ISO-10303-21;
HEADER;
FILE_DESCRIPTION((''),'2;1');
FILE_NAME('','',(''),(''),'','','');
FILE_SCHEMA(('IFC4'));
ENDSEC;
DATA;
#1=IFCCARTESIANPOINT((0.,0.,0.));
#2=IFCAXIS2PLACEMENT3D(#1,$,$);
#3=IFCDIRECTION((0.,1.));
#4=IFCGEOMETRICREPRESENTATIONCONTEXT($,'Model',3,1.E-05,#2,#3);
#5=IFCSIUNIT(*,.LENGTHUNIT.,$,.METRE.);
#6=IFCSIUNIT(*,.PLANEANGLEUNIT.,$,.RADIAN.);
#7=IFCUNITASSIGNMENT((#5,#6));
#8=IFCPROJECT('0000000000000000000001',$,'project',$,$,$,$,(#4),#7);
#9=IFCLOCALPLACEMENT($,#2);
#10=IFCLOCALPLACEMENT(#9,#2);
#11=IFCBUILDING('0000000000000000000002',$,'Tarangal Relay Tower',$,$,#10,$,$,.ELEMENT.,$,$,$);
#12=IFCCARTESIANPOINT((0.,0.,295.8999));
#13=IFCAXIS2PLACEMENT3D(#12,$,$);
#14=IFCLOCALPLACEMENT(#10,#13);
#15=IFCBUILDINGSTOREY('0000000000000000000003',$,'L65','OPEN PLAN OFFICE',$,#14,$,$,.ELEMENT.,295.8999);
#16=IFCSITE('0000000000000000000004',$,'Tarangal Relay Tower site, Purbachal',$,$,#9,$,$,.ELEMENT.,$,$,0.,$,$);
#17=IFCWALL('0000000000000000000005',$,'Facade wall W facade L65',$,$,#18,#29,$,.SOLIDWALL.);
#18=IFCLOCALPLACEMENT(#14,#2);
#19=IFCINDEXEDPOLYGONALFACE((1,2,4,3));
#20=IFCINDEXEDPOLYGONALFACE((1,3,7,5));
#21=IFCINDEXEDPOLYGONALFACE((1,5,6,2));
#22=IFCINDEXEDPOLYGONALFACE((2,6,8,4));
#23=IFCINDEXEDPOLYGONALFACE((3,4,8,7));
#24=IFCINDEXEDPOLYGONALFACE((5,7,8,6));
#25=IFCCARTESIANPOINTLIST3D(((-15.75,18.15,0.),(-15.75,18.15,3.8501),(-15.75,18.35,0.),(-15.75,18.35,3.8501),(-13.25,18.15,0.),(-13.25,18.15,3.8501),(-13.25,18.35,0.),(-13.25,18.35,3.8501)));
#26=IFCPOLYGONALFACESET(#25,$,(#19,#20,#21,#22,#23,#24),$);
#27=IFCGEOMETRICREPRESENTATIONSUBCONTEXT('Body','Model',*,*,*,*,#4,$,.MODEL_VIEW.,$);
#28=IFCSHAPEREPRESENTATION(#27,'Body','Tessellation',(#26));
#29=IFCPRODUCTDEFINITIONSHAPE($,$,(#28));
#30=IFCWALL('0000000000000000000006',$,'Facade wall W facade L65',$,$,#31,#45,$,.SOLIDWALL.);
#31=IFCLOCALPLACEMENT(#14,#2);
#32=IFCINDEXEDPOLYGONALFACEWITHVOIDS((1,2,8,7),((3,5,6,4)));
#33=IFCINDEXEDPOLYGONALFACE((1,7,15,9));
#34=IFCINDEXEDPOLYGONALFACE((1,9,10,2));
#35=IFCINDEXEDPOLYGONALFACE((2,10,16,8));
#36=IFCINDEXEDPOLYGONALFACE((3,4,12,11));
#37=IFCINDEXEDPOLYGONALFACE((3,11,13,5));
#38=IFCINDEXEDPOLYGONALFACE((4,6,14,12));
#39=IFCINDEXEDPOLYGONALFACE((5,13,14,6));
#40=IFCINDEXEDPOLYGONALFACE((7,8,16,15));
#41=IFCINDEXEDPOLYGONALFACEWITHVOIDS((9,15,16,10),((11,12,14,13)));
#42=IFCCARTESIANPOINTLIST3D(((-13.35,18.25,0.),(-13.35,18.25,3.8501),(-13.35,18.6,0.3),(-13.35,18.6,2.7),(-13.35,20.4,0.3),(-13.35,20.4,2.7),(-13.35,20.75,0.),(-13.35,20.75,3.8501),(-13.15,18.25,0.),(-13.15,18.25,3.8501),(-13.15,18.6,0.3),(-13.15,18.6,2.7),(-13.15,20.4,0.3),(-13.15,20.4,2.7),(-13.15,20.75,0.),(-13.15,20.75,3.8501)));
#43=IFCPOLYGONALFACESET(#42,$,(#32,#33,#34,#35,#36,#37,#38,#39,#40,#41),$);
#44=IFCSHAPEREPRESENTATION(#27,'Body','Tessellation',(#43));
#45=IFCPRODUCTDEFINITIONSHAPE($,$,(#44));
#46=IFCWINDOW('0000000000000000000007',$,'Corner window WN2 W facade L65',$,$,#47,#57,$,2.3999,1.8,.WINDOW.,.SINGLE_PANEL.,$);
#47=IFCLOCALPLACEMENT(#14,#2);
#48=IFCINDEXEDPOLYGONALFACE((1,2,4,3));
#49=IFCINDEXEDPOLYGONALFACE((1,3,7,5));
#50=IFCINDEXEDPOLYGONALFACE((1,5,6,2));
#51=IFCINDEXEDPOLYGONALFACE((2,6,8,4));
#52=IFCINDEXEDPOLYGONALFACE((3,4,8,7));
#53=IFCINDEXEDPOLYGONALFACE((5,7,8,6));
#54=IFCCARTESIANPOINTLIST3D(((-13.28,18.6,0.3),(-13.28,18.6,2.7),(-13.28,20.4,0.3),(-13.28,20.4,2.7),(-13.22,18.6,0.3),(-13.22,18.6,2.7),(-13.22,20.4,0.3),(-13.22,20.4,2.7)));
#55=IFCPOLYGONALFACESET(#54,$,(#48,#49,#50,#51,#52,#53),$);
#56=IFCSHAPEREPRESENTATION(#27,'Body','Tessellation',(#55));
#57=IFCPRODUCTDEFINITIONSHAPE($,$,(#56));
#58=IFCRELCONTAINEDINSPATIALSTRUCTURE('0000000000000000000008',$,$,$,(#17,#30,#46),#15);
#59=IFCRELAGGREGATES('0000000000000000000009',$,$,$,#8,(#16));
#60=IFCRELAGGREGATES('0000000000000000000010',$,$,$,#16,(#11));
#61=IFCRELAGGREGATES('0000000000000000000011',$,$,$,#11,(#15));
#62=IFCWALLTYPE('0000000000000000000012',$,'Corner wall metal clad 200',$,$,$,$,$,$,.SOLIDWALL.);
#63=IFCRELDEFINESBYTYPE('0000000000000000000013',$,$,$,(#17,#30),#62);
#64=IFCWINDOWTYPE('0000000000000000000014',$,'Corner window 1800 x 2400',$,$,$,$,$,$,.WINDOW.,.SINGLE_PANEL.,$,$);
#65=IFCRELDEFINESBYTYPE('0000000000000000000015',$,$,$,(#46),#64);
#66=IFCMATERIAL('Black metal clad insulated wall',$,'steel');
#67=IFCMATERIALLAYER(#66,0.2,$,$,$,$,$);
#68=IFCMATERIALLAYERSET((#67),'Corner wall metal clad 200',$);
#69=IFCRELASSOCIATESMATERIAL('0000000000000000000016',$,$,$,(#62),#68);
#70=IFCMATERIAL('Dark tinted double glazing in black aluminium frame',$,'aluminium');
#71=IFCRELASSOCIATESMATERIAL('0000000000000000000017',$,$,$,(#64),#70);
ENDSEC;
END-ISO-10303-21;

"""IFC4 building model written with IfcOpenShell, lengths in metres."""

from ifc_helpers import new_model, si_unit, direction, frame, frame_2d, origin, place, context, subcontext, project, spatial, rectangle, extrude, material, layer, layer_set, type_object, element, fill, save


model = new_model("IFC4")

# Units and contexts
model_context = context("Model", 3, precision=1e-05, world=origin(), true_north=direction((0.0, 1.0)))
body_context = subcontext(model_context, "Body", "Model", "MODEL_VIEW")
ifc_project = project(units=[si_unit("LENGTHUNIT", "METRE"), si_unit("PLANEANGLEUNIT", "RADIAN")], contexts=[model_context])

# Site, building, storey
site_placement = place(None, origin())
site = spatial("IfcSite", under=ifc_project, at=site_placement, Name="Tarangal Relay Tower site, Purbachal", CompositionType="ELEMENT", RefElevation=0.0)
building_placement = place(site_placement, origin())
building = spatial("IfcBuilding", under=site, at=building_placement, Name="Tarangal Relay Tower", CompositionType="ELEMENT")
storey_placement = place(building_placement, frame((0.0, 0.0, 295.8999)))
storey = spatial("IfcBuildingStorey", under=building, at=storey_placement, Name="L65", Description="OPEN PLAN OFFICE", CompositionType="ELEMENT", Elevation=295.8999)

# Shared definitions
ifc_material_1 = material(Name="Black metal clad insulated wall", Category="steel")
ifc_layer_1 = layer(ifc_material_1, 0.2)
ifc_layer_set_1 = layer_set([ifc_layer_1], Name="Corner wall metal clad 200")
wall_type_1 = type_object("IfcWallType", Name="Corner wall metal clad 200", PredefinedType="SOLIDWALL", material=ifc_layer_set_1)

# Shared definitions
ifc_material_2 = material(Name="Dark tinted double glazing in black aluminium frame", Category="aluminium")
window_type = type_object("IfcWindowType", Name="Corner window 1800 x 2400", PartitioningType="SINGLE_PANEL", PredefinedType="WINDOW", material=ifc_material_2)

# Wall
wall_1_placement = place(storey_placement, frame((-15.75, 18.25, 0.0), z_axis=(0.0, 0.0, 1.0), x_axis=(1.0, 0.0, 0.0)))
element("IfcWall", 1, at=wall_1_placement, inside=storey, type_object=wall_type_1, Name="Facade wall W facade L65", PredefinedType="SOLIDWALL", context=body_context, shape_type="SweptSolid", body=[
    extrude(rectangle(XDim=2.5, YDim=0.2, at=frame_2d((1.25, 0.0))), origin(), (0.0, 0.0, 1.0), 3.8501),
])

# Wall, opening, window
wall_2_placement = place(storey_placement, frame((-13.25, 18.25, 0.0), z_axis=(0.0, 0.0, 1.0), x_axis=(0.0, 1.0, 0.0)))
wall_2 = element("IfcWall", 2, at=wall_2_placement, inside=storey, type_object=wall_type_1, Name="Facade wall W facade L65", PredefinedType="SOLIDWALL", context=body_context, shape_type="SweptSolid", body=[
    extrude(rectangle(XDim=2.5, YDim=0.2, at=frame_2d((1.25, 0.0))), origin(), (0.0, 0.0, 1.0), 3.8501),
])
opening_1_placement = place(wall_2_placement, frame((0.3501, 0.0, 0.3)))
opening_1 = element("IfcOpeningElement", 3, at=opening_1_placement, cuts=wall_2, PredefinedType="OPENING", context=body_context, shape_type="SweptSolid", body=[
    extrude(rectangle(XDim=1.8, YDim=2.3999, at=frame_2d((0.8999, 1.2))), frame((0.0, 0.1099, 0.0), z_axis=(0.0, -1.0, 0.0), x_axis=(1.0, 0.0, 0.0)), (0.0, 0.0, 1.0), 0.22),
])
window_1_placement = place(opening_1_placement, origin())
window_1 = element("IfcWindow", 4, at=window_1_placement, inside=storey, type_object=window_type, Name="Corner window WN2 W facade L65", OverallHeight=2.3999, OverallWidth=1.8, PartitioningType="SINGLE_PANEL", PredefinedType="WINDOW", context=body_context, shape_type="SweptSolid", body=[
    extrude(rectangle(XDim=1.8, YDim=2.3999, at=frame_2d((0.8999, 1.2))), frame((0.0, 0.03, 0.0), z_axis=(0.0, -1.0, 0.0), x_axis=(1.0, 0.0, 0.0)), (0.0, 0.0, 1.0), 0.0601),
])
fill(opening_1, window_1)

save(model, "model.ifc")
